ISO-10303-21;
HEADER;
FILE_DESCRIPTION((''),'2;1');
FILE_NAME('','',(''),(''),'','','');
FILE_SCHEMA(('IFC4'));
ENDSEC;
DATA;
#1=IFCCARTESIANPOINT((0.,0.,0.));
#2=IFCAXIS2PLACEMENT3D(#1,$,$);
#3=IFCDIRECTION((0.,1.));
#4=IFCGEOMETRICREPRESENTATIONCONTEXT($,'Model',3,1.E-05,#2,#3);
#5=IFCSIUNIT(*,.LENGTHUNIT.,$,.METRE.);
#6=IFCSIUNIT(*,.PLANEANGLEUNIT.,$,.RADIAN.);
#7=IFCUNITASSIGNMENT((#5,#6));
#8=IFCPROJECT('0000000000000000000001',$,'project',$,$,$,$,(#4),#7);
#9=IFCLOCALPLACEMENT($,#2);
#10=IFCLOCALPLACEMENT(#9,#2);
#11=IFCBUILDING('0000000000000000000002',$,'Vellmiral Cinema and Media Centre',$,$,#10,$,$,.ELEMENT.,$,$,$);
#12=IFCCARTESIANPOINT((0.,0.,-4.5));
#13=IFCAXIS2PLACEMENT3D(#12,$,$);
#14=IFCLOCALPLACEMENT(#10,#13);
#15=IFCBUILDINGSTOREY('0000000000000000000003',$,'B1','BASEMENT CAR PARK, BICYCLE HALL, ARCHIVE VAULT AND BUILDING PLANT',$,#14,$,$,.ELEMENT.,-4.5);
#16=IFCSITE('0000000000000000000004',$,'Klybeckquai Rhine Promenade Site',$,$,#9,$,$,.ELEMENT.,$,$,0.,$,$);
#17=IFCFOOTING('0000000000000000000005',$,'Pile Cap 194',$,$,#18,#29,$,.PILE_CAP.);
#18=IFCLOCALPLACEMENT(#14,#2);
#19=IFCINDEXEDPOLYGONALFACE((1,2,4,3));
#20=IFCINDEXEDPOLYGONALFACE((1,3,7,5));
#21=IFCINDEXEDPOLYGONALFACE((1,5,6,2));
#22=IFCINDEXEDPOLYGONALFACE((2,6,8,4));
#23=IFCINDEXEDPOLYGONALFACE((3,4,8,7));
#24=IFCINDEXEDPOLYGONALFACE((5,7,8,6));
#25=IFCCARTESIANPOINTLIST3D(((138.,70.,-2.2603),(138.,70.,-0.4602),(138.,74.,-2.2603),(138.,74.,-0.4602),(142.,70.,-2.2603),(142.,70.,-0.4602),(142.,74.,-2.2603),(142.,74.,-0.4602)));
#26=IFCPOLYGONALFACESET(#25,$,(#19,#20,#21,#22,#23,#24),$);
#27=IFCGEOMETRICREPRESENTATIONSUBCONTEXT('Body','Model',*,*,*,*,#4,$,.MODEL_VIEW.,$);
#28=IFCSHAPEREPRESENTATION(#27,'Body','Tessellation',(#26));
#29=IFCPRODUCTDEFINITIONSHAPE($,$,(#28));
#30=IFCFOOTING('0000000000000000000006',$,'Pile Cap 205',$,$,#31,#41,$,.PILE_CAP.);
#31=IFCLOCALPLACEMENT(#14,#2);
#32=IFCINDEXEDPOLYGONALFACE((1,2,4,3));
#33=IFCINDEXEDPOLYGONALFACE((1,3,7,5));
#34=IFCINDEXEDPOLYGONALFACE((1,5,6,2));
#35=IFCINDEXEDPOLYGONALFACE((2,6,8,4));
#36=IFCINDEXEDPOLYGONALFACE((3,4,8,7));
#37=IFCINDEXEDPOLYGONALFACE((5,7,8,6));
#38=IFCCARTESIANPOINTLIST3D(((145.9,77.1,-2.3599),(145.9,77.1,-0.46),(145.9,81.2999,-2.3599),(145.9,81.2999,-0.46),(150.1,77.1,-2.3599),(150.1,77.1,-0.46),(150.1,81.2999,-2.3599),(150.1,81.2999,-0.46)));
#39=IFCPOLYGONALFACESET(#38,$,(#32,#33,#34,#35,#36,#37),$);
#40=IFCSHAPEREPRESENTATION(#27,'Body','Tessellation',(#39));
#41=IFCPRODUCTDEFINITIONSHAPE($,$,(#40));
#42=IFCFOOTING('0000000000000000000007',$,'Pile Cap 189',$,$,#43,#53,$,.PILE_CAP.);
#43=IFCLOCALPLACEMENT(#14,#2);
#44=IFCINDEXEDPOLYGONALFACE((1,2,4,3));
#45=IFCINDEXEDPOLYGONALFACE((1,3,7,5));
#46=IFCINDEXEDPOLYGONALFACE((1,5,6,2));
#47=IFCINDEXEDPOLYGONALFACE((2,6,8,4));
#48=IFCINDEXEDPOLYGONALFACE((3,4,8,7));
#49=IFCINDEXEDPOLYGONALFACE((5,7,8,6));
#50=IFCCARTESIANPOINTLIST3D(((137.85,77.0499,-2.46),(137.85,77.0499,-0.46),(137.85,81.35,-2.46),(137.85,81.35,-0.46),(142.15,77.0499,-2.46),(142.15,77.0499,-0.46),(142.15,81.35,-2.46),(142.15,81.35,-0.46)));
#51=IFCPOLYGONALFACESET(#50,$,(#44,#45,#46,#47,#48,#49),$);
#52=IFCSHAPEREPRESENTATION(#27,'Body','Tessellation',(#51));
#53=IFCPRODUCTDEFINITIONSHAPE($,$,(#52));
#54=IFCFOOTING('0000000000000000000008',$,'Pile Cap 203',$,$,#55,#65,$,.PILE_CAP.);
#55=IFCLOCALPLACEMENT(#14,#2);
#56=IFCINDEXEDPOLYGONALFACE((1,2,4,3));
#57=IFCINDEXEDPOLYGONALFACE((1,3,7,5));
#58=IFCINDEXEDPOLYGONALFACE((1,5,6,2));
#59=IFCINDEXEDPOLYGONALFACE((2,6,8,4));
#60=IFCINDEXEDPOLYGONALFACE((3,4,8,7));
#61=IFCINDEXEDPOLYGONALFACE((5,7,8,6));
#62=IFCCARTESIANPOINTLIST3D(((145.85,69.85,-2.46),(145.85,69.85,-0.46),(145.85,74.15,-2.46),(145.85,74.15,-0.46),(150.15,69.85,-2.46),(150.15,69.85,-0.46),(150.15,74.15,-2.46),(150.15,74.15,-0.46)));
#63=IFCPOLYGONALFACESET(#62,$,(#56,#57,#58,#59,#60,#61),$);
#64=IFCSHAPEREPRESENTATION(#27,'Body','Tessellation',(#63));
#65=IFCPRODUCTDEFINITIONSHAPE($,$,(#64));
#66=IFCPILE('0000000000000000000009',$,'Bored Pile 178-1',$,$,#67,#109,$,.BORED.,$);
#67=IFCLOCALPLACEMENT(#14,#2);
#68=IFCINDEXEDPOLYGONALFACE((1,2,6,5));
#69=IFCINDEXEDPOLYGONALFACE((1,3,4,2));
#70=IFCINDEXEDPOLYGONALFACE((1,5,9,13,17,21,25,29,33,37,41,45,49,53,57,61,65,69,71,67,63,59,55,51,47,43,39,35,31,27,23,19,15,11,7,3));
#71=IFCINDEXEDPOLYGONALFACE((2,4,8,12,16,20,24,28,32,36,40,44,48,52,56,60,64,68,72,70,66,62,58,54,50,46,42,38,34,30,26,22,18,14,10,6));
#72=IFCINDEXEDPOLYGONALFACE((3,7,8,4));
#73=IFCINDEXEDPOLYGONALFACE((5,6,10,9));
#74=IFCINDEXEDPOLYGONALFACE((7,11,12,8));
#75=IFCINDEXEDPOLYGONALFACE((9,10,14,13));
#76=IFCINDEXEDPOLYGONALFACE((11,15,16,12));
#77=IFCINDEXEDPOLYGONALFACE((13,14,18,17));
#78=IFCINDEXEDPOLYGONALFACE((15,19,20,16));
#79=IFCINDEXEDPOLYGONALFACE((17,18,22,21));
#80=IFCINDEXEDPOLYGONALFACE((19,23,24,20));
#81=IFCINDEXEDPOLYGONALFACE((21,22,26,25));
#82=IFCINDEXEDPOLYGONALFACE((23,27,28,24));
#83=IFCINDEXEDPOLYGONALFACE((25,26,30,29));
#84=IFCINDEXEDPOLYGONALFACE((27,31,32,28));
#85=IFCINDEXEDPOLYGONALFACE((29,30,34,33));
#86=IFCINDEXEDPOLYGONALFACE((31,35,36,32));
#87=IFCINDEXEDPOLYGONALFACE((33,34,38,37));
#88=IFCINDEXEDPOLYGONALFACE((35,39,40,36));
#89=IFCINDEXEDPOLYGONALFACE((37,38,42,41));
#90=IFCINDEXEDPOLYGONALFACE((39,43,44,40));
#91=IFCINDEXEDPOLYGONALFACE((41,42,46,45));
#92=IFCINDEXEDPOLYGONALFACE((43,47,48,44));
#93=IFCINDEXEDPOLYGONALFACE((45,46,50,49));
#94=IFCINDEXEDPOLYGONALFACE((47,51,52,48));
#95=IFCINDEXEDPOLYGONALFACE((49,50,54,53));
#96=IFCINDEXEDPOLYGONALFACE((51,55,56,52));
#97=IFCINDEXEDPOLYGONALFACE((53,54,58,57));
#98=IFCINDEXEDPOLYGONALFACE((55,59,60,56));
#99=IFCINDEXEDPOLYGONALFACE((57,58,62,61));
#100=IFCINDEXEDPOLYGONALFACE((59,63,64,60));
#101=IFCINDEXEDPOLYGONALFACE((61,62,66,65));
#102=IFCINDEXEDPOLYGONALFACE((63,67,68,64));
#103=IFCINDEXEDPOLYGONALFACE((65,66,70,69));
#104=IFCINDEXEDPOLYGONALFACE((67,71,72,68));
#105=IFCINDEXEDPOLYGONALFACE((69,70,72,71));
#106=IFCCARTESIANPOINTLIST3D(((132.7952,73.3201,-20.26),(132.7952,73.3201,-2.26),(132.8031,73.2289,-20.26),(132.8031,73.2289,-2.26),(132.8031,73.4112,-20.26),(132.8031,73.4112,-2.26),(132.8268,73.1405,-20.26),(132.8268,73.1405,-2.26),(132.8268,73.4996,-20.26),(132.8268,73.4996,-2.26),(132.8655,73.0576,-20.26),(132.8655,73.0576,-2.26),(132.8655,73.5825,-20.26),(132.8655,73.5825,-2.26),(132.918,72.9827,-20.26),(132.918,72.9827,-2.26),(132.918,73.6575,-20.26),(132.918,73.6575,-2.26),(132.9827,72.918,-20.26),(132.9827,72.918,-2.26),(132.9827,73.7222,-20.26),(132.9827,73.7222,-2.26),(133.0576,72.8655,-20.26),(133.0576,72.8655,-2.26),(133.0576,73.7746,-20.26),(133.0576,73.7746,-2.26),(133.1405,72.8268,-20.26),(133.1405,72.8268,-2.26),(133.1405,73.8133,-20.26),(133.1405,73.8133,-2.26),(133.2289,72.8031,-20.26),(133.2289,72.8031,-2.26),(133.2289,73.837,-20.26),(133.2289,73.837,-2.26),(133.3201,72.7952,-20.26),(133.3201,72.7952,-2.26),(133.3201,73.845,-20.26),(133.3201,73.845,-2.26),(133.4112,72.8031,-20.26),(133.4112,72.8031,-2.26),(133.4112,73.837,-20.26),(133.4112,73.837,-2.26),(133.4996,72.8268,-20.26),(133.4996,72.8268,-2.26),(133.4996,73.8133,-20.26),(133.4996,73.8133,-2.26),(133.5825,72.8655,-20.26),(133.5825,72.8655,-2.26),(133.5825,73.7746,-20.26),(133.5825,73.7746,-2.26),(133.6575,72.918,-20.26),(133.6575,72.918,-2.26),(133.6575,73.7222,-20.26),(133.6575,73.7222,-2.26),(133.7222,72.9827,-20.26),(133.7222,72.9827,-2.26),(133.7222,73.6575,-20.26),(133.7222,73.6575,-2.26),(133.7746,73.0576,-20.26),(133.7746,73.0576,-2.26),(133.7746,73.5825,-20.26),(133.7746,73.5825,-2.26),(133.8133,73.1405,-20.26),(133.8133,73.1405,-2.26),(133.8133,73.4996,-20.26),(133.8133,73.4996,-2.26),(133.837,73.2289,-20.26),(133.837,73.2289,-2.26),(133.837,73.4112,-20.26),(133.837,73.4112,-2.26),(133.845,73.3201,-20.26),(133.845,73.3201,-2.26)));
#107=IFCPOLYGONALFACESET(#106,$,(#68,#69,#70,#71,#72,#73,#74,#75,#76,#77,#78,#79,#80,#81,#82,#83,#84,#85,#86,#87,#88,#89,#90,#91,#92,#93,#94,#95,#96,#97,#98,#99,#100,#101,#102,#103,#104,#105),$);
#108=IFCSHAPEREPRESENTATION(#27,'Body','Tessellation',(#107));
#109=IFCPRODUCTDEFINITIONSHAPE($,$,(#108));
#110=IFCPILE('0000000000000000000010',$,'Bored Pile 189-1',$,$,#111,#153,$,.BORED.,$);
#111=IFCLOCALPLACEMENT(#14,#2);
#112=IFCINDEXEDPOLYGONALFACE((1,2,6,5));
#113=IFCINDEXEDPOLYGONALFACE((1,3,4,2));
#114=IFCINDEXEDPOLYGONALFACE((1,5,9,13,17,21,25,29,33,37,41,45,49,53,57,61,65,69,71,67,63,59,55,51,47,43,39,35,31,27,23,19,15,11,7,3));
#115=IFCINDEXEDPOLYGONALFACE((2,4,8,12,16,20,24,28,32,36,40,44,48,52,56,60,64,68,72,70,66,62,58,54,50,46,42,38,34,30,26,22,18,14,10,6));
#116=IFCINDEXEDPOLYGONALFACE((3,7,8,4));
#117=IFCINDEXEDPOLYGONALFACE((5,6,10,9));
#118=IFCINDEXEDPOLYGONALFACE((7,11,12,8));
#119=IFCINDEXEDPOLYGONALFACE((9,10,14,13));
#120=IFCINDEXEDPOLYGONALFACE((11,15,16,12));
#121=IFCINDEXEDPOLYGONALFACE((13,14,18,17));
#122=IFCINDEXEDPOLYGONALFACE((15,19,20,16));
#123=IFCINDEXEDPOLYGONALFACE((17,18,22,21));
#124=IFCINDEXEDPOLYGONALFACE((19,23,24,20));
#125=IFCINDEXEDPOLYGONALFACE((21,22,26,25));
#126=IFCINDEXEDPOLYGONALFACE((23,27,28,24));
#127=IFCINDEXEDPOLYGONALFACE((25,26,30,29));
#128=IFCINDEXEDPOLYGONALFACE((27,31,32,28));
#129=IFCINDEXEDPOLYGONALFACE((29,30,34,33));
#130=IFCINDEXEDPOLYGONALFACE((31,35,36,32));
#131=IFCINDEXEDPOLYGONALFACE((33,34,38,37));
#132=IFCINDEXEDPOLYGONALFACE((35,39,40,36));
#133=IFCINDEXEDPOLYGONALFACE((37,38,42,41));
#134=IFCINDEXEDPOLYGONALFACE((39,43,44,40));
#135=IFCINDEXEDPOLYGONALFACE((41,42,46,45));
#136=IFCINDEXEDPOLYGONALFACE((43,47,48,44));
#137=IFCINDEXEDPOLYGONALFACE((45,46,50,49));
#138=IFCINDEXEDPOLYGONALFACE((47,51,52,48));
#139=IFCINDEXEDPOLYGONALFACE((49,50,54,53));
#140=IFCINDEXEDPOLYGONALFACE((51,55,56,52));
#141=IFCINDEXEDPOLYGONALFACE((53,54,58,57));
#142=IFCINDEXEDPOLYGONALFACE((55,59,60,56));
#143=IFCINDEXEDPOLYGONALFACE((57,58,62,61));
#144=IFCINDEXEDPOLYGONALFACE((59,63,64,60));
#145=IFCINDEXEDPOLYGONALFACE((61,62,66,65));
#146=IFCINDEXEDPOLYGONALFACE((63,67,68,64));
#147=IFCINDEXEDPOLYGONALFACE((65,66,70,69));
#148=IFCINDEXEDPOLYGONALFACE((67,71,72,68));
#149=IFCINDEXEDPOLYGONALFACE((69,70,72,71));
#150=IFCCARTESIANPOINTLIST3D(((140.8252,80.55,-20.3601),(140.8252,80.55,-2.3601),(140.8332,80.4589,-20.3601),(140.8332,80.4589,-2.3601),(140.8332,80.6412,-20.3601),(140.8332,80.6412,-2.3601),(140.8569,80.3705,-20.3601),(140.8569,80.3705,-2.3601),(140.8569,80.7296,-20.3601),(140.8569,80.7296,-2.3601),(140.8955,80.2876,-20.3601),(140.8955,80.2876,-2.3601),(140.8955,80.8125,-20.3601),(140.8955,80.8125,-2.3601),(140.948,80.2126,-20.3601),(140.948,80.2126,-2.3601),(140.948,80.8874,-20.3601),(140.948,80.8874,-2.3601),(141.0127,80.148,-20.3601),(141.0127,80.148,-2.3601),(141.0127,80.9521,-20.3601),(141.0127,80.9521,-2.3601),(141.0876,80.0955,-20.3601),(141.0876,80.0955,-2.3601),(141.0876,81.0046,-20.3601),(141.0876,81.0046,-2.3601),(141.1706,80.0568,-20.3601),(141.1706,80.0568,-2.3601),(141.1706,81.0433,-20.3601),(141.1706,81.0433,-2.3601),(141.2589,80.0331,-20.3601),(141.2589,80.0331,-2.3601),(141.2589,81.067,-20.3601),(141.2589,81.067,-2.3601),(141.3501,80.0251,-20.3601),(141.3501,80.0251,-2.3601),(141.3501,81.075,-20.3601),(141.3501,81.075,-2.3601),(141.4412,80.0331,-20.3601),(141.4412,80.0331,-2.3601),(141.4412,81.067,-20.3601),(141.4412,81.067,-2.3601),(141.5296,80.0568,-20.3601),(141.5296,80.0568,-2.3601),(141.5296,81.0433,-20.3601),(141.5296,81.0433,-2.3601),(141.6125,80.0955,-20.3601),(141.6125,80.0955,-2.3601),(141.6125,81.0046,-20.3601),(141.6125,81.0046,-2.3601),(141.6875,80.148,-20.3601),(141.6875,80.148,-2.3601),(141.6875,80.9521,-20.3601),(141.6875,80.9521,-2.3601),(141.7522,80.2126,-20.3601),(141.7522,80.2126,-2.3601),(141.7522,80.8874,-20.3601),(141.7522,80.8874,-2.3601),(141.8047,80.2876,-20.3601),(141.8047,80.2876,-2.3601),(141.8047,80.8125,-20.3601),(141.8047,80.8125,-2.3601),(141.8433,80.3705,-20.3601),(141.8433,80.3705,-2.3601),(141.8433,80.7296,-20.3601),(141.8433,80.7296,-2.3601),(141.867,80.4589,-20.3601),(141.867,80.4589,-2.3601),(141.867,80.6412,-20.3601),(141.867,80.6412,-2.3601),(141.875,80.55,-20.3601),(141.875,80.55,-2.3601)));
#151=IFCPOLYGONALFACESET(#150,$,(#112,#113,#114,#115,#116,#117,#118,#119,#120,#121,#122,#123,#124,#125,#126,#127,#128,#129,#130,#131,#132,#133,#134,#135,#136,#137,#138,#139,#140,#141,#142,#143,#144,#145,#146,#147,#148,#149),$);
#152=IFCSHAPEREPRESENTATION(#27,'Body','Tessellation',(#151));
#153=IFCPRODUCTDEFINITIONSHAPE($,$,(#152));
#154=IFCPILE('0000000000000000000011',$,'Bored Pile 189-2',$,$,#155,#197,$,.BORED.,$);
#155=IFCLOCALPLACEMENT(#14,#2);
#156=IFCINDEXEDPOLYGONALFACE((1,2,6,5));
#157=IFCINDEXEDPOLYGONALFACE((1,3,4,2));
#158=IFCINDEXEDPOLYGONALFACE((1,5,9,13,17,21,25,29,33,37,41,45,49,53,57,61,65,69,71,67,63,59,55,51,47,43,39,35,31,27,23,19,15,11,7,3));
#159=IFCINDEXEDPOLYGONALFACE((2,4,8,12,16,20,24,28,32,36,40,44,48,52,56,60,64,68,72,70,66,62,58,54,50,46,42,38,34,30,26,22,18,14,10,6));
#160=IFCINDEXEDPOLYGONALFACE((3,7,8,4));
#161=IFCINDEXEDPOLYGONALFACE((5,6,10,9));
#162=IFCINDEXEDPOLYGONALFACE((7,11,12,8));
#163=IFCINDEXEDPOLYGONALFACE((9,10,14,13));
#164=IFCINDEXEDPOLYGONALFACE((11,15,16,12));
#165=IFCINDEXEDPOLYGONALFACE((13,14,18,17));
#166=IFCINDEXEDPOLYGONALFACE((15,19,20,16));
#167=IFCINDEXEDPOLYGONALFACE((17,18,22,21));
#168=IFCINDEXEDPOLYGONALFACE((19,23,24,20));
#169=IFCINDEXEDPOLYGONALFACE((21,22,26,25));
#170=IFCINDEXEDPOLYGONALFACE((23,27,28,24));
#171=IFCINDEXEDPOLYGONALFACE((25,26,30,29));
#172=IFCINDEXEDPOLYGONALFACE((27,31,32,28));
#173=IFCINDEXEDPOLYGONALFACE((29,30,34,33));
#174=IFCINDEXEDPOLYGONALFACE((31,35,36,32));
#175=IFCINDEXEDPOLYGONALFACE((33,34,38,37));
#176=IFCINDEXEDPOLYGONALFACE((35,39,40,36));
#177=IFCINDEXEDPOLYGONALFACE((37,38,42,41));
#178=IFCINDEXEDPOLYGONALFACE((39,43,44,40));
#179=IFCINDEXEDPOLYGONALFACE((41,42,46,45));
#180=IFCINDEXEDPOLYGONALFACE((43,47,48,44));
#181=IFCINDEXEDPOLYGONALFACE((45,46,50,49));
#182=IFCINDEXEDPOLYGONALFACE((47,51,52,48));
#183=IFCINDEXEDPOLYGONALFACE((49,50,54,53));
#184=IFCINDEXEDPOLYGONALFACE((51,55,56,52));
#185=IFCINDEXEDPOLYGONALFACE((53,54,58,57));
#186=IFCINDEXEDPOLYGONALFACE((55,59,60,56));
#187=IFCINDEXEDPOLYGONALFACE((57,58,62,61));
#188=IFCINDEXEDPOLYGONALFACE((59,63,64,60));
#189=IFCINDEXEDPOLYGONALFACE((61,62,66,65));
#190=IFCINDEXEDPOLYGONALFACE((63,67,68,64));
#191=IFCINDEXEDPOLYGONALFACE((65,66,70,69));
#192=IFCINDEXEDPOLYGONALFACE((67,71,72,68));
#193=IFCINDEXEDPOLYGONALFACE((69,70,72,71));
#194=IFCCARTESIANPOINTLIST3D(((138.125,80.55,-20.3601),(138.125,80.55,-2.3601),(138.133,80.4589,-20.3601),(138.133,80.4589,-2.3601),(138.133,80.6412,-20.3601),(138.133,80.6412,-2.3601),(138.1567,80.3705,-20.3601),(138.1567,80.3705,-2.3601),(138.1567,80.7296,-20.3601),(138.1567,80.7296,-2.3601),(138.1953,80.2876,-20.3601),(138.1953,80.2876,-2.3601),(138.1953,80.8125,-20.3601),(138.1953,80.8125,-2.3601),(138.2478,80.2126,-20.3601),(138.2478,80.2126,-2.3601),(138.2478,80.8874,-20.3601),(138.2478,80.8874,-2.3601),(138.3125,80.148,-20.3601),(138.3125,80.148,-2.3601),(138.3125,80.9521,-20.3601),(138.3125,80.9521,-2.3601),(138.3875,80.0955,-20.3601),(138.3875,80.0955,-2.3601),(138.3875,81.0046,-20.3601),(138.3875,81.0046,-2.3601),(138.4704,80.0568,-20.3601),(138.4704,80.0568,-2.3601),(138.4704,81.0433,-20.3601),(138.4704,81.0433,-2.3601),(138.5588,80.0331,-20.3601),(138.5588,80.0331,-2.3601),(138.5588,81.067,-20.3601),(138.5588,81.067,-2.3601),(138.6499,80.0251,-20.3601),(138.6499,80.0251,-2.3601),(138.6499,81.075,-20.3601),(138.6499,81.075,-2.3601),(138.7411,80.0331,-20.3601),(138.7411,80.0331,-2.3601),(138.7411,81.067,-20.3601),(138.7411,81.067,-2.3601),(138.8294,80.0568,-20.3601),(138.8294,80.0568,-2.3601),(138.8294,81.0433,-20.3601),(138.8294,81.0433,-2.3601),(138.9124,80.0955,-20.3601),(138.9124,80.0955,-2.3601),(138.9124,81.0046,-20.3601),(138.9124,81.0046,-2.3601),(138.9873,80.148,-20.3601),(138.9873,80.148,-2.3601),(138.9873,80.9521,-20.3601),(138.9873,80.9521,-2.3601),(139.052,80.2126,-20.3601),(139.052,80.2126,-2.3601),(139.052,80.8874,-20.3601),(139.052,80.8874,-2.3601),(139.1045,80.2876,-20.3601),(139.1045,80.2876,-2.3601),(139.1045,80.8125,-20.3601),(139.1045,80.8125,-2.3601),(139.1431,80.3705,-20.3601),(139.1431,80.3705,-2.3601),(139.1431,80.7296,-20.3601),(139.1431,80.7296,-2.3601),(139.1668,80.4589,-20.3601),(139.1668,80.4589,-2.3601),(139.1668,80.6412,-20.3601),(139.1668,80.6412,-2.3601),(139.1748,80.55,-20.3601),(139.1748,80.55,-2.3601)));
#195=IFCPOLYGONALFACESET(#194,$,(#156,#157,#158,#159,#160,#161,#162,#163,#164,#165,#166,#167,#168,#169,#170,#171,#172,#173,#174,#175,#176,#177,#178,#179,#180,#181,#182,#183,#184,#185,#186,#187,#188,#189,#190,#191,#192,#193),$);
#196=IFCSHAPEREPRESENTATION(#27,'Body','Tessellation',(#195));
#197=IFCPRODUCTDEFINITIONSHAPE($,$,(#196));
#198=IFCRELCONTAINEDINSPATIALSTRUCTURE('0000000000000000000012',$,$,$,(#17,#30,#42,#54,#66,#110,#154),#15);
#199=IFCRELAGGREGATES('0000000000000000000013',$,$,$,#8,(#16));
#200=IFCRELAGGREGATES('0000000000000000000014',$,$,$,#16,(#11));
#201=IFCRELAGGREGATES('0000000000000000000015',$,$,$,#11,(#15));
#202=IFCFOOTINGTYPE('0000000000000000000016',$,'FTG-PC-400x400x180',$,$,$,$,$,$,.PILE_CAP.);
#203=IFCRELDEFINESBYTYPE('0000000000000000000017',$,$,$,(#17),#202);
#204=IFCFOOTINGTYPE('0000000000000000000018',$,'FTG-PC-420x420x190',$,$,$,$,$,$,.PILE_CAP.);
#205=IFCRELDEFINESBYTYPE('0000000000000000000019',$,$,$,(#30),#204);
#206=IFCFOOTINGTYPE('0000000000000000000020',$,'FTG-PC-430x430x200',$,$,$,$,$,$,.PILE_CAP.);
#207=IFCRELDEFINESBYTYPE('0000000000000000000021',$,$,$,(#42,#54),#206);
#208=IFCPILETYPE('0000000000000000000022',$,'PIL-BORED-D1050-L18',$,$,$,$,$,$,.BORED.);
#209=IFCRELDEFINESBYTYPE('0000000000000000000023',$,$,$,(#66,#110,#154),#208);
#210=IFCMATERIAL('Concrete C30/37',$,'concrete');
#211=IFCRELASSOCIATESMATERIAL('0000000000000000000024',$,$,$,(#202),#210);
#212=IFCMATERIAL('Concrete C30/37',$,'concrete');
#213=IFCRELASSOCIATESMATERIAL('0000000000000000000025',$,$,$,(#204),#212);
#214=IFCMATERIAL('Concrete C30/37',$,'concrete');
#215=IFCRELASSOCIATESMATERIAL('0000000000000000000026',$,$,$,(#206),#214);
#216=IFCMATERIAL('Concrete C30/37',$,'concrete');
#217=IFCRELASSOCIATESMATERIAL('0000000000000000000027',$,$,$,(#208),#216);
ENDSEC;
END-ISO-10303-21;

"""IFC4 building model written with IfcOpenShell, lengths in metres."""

from ifc_helpers import new_model, si_unit, direction, frame, origin, origin_2d, place, context, subcontext, project, spatial, rectangle, circle, extrude, material, material_profile, profile_set, type_object, element, save


model = new_model("IFC4")

# Units and contexts
model_context = context("Model", 3, precision=1e-05, world=origin(), true_north=direction((0.0, 1.0)))
body_context = subcontext(model_context, "Body", "Model", "MODEL_VIEW")
ifc_project = project(units=[si_unit("LENGTHUNIT", "METRE"), si_unit("PLANEANGLEUNIT", "RADIAN")], contexts=[model_context])

# Site, building, storey
site_placement = place(None, origin())
site = spatial("IfcSite", under=ifc_project, at=site_placement, Name="Klybeckquai Rhine Promenade Site", CompositionType="ELEMENT", RefElevation=0.0)
building_placement = place(site_placement, origin())
building = spatial("IfcBuilding", under=site, at=building_placement, Name="Vellmiral Cinema and Media Centre", CompositionType="ELEMENT")
storey_placement = place(building_placement, frame((0.0, 0.0, -4.5)))
storey = spatial("IfcBuildingStorey", under=building, at=storey_placement, Name="B1", Description="BASEMENT CAR PARK, BICYCLE HALL, ARCHIVE VAULT AND BUILDING PLANT", CompositionType="ELEMENT", Elevation=-4.5)

# Footings
ifc_material_1 = material(Name="Concrete C30/37", Category="concrete")
footing_type_1 = type_object("IfcFootingType", Name="FTG-PC-400x400x180", PredefinedType="PILE_CAP", material=ifc_material_1)
footing_1_placement = place(storey_placement, frame((140.0, 72.0, -2.2603), z_axis=(0.0, 0.0, 1.0), x_axis=(1.0, 0.0, 0.0)))
element("IfcFooting", 1, at=footing_1_placement, inside=storey, type_object=footing_type_1, Name="Pile Cap 194", PredefinedType="PILE_CAP", context=body_context, shape_type="SweptSolid", body=[
    extrude(rectangle(XDim=4.0, YDim=4.0, at=origin_2d()), origin(), (0.0, 0.0, 1.0), 1.8),
])
ifc_material_2 = material(Name="Concrete C30/37", Category="concrete")
footing_type_2 = type_object("IfcFootingType", Name="FTG-PC-420x420x190", PredefinedType="PILE_CAP", material=ifc_material_2)
footing_2_placement = place(storey_placement, frame((148.0, 79.2, -2.3599), z_axis=(0.0, 0.0, 1.0), x_axis=(1.0, 0.0, 0.0)))
element("IfcFooting", 2, at=footing_2_placement, inside=storey, type_object=footing_type_2, Name="Pile Cap 205", PredefinedType="PILE_CAP", context=body_context, shape_type="SweptSolid", body=[
    extrude(rectangle(XDim=4.2, YDim=4.2, at=origin_2d()), origin(), (0.0, 0.0, 1.0), 1.8999),
])
ifc_material_3 = material(Name="Concrete C30/37", Category="concrete")
footing_type_3 = type_object("IfcFootingType", Name="FTG-PC-430x430x200", PredefinedType="PILE_CAP", material=ifc_material_3)
for number, where, z_axis, x_axis, name in (
    (3, (140.0, 79.2, -2.46), (0.0, 0.0, 1.0), (1.0, 0.0, 0.0), "Pile Cap 189"),
    (4, (148.0, 72.0, -2.46), (0.0, 0.0, 1.0), (1.0, 0.0, 0.0), "Pile Cap 203"),
):
    element("IfcFooting", number, at=place(storey_placement, frame(where, z_axis=z_axis, x_axis=x_axis)), inside=storey, type_object=footing_type_3, Name=name, PredefinedType="PILE_CAP", context=body_context, shape_type="SweptSolid", body=[
        extrude(rectangle(XDim=4.3, YDim=4.3, at=origin_2d()), origin(), (0.0, 0.0, 1.0), 2.0),
    ])

# Piles
ifc_material_4 = material(Name="Concrete C30/37", Category="concrete")
ifc_material_profile_1 = material_profile(ifc_material_4, circle(Radius=0.5249, at=origin_2d()), Name="PILE D1050")
ifc_profile_set_1 = profile_set([ifc_material_profile_1], Name="Concrete C30/37")
pile_type_1 = type_object("IfcPileType", Name="PIL-BORED-D1050-L18", PredefinedType="BORED", material=ifc_profile_set_1)
for number, where, z_axis, x_axis, name in (
    (5, (133.3201, 73.3201, -2.26), (0.0, 0.0, -1.0), (1.0, 0.0, 0.0), "Bored Pile 178-1"),
    (6, (141.3501, 80.55, -2.3601), (0.0, 0.0, -1.0), (1.0, 0.0, 0.0), "Bored Pile 189-1"),
    (7, (138.6499, 80.55, -2.3601), (0.0, 0.0, -1.0), (1.0, 0.0, 0.0), "Bored Pile 189-2"),
):
    element("IfcPile", number, at=place(storey_placement, frame(where, z_axis=z_axis, x_axis=x_axis)), inside=storey, type_object=pile_type_1, Name=name, PredefinedType="BORED", context=body_context, shape_type="SweptSolid", body=[
        extrude(circle(Radius=0.5249, at=origin_2d()), origin(), (0.0, 0.0, 1.0), 18.0),
    ])

save(model, "model.ifc")
